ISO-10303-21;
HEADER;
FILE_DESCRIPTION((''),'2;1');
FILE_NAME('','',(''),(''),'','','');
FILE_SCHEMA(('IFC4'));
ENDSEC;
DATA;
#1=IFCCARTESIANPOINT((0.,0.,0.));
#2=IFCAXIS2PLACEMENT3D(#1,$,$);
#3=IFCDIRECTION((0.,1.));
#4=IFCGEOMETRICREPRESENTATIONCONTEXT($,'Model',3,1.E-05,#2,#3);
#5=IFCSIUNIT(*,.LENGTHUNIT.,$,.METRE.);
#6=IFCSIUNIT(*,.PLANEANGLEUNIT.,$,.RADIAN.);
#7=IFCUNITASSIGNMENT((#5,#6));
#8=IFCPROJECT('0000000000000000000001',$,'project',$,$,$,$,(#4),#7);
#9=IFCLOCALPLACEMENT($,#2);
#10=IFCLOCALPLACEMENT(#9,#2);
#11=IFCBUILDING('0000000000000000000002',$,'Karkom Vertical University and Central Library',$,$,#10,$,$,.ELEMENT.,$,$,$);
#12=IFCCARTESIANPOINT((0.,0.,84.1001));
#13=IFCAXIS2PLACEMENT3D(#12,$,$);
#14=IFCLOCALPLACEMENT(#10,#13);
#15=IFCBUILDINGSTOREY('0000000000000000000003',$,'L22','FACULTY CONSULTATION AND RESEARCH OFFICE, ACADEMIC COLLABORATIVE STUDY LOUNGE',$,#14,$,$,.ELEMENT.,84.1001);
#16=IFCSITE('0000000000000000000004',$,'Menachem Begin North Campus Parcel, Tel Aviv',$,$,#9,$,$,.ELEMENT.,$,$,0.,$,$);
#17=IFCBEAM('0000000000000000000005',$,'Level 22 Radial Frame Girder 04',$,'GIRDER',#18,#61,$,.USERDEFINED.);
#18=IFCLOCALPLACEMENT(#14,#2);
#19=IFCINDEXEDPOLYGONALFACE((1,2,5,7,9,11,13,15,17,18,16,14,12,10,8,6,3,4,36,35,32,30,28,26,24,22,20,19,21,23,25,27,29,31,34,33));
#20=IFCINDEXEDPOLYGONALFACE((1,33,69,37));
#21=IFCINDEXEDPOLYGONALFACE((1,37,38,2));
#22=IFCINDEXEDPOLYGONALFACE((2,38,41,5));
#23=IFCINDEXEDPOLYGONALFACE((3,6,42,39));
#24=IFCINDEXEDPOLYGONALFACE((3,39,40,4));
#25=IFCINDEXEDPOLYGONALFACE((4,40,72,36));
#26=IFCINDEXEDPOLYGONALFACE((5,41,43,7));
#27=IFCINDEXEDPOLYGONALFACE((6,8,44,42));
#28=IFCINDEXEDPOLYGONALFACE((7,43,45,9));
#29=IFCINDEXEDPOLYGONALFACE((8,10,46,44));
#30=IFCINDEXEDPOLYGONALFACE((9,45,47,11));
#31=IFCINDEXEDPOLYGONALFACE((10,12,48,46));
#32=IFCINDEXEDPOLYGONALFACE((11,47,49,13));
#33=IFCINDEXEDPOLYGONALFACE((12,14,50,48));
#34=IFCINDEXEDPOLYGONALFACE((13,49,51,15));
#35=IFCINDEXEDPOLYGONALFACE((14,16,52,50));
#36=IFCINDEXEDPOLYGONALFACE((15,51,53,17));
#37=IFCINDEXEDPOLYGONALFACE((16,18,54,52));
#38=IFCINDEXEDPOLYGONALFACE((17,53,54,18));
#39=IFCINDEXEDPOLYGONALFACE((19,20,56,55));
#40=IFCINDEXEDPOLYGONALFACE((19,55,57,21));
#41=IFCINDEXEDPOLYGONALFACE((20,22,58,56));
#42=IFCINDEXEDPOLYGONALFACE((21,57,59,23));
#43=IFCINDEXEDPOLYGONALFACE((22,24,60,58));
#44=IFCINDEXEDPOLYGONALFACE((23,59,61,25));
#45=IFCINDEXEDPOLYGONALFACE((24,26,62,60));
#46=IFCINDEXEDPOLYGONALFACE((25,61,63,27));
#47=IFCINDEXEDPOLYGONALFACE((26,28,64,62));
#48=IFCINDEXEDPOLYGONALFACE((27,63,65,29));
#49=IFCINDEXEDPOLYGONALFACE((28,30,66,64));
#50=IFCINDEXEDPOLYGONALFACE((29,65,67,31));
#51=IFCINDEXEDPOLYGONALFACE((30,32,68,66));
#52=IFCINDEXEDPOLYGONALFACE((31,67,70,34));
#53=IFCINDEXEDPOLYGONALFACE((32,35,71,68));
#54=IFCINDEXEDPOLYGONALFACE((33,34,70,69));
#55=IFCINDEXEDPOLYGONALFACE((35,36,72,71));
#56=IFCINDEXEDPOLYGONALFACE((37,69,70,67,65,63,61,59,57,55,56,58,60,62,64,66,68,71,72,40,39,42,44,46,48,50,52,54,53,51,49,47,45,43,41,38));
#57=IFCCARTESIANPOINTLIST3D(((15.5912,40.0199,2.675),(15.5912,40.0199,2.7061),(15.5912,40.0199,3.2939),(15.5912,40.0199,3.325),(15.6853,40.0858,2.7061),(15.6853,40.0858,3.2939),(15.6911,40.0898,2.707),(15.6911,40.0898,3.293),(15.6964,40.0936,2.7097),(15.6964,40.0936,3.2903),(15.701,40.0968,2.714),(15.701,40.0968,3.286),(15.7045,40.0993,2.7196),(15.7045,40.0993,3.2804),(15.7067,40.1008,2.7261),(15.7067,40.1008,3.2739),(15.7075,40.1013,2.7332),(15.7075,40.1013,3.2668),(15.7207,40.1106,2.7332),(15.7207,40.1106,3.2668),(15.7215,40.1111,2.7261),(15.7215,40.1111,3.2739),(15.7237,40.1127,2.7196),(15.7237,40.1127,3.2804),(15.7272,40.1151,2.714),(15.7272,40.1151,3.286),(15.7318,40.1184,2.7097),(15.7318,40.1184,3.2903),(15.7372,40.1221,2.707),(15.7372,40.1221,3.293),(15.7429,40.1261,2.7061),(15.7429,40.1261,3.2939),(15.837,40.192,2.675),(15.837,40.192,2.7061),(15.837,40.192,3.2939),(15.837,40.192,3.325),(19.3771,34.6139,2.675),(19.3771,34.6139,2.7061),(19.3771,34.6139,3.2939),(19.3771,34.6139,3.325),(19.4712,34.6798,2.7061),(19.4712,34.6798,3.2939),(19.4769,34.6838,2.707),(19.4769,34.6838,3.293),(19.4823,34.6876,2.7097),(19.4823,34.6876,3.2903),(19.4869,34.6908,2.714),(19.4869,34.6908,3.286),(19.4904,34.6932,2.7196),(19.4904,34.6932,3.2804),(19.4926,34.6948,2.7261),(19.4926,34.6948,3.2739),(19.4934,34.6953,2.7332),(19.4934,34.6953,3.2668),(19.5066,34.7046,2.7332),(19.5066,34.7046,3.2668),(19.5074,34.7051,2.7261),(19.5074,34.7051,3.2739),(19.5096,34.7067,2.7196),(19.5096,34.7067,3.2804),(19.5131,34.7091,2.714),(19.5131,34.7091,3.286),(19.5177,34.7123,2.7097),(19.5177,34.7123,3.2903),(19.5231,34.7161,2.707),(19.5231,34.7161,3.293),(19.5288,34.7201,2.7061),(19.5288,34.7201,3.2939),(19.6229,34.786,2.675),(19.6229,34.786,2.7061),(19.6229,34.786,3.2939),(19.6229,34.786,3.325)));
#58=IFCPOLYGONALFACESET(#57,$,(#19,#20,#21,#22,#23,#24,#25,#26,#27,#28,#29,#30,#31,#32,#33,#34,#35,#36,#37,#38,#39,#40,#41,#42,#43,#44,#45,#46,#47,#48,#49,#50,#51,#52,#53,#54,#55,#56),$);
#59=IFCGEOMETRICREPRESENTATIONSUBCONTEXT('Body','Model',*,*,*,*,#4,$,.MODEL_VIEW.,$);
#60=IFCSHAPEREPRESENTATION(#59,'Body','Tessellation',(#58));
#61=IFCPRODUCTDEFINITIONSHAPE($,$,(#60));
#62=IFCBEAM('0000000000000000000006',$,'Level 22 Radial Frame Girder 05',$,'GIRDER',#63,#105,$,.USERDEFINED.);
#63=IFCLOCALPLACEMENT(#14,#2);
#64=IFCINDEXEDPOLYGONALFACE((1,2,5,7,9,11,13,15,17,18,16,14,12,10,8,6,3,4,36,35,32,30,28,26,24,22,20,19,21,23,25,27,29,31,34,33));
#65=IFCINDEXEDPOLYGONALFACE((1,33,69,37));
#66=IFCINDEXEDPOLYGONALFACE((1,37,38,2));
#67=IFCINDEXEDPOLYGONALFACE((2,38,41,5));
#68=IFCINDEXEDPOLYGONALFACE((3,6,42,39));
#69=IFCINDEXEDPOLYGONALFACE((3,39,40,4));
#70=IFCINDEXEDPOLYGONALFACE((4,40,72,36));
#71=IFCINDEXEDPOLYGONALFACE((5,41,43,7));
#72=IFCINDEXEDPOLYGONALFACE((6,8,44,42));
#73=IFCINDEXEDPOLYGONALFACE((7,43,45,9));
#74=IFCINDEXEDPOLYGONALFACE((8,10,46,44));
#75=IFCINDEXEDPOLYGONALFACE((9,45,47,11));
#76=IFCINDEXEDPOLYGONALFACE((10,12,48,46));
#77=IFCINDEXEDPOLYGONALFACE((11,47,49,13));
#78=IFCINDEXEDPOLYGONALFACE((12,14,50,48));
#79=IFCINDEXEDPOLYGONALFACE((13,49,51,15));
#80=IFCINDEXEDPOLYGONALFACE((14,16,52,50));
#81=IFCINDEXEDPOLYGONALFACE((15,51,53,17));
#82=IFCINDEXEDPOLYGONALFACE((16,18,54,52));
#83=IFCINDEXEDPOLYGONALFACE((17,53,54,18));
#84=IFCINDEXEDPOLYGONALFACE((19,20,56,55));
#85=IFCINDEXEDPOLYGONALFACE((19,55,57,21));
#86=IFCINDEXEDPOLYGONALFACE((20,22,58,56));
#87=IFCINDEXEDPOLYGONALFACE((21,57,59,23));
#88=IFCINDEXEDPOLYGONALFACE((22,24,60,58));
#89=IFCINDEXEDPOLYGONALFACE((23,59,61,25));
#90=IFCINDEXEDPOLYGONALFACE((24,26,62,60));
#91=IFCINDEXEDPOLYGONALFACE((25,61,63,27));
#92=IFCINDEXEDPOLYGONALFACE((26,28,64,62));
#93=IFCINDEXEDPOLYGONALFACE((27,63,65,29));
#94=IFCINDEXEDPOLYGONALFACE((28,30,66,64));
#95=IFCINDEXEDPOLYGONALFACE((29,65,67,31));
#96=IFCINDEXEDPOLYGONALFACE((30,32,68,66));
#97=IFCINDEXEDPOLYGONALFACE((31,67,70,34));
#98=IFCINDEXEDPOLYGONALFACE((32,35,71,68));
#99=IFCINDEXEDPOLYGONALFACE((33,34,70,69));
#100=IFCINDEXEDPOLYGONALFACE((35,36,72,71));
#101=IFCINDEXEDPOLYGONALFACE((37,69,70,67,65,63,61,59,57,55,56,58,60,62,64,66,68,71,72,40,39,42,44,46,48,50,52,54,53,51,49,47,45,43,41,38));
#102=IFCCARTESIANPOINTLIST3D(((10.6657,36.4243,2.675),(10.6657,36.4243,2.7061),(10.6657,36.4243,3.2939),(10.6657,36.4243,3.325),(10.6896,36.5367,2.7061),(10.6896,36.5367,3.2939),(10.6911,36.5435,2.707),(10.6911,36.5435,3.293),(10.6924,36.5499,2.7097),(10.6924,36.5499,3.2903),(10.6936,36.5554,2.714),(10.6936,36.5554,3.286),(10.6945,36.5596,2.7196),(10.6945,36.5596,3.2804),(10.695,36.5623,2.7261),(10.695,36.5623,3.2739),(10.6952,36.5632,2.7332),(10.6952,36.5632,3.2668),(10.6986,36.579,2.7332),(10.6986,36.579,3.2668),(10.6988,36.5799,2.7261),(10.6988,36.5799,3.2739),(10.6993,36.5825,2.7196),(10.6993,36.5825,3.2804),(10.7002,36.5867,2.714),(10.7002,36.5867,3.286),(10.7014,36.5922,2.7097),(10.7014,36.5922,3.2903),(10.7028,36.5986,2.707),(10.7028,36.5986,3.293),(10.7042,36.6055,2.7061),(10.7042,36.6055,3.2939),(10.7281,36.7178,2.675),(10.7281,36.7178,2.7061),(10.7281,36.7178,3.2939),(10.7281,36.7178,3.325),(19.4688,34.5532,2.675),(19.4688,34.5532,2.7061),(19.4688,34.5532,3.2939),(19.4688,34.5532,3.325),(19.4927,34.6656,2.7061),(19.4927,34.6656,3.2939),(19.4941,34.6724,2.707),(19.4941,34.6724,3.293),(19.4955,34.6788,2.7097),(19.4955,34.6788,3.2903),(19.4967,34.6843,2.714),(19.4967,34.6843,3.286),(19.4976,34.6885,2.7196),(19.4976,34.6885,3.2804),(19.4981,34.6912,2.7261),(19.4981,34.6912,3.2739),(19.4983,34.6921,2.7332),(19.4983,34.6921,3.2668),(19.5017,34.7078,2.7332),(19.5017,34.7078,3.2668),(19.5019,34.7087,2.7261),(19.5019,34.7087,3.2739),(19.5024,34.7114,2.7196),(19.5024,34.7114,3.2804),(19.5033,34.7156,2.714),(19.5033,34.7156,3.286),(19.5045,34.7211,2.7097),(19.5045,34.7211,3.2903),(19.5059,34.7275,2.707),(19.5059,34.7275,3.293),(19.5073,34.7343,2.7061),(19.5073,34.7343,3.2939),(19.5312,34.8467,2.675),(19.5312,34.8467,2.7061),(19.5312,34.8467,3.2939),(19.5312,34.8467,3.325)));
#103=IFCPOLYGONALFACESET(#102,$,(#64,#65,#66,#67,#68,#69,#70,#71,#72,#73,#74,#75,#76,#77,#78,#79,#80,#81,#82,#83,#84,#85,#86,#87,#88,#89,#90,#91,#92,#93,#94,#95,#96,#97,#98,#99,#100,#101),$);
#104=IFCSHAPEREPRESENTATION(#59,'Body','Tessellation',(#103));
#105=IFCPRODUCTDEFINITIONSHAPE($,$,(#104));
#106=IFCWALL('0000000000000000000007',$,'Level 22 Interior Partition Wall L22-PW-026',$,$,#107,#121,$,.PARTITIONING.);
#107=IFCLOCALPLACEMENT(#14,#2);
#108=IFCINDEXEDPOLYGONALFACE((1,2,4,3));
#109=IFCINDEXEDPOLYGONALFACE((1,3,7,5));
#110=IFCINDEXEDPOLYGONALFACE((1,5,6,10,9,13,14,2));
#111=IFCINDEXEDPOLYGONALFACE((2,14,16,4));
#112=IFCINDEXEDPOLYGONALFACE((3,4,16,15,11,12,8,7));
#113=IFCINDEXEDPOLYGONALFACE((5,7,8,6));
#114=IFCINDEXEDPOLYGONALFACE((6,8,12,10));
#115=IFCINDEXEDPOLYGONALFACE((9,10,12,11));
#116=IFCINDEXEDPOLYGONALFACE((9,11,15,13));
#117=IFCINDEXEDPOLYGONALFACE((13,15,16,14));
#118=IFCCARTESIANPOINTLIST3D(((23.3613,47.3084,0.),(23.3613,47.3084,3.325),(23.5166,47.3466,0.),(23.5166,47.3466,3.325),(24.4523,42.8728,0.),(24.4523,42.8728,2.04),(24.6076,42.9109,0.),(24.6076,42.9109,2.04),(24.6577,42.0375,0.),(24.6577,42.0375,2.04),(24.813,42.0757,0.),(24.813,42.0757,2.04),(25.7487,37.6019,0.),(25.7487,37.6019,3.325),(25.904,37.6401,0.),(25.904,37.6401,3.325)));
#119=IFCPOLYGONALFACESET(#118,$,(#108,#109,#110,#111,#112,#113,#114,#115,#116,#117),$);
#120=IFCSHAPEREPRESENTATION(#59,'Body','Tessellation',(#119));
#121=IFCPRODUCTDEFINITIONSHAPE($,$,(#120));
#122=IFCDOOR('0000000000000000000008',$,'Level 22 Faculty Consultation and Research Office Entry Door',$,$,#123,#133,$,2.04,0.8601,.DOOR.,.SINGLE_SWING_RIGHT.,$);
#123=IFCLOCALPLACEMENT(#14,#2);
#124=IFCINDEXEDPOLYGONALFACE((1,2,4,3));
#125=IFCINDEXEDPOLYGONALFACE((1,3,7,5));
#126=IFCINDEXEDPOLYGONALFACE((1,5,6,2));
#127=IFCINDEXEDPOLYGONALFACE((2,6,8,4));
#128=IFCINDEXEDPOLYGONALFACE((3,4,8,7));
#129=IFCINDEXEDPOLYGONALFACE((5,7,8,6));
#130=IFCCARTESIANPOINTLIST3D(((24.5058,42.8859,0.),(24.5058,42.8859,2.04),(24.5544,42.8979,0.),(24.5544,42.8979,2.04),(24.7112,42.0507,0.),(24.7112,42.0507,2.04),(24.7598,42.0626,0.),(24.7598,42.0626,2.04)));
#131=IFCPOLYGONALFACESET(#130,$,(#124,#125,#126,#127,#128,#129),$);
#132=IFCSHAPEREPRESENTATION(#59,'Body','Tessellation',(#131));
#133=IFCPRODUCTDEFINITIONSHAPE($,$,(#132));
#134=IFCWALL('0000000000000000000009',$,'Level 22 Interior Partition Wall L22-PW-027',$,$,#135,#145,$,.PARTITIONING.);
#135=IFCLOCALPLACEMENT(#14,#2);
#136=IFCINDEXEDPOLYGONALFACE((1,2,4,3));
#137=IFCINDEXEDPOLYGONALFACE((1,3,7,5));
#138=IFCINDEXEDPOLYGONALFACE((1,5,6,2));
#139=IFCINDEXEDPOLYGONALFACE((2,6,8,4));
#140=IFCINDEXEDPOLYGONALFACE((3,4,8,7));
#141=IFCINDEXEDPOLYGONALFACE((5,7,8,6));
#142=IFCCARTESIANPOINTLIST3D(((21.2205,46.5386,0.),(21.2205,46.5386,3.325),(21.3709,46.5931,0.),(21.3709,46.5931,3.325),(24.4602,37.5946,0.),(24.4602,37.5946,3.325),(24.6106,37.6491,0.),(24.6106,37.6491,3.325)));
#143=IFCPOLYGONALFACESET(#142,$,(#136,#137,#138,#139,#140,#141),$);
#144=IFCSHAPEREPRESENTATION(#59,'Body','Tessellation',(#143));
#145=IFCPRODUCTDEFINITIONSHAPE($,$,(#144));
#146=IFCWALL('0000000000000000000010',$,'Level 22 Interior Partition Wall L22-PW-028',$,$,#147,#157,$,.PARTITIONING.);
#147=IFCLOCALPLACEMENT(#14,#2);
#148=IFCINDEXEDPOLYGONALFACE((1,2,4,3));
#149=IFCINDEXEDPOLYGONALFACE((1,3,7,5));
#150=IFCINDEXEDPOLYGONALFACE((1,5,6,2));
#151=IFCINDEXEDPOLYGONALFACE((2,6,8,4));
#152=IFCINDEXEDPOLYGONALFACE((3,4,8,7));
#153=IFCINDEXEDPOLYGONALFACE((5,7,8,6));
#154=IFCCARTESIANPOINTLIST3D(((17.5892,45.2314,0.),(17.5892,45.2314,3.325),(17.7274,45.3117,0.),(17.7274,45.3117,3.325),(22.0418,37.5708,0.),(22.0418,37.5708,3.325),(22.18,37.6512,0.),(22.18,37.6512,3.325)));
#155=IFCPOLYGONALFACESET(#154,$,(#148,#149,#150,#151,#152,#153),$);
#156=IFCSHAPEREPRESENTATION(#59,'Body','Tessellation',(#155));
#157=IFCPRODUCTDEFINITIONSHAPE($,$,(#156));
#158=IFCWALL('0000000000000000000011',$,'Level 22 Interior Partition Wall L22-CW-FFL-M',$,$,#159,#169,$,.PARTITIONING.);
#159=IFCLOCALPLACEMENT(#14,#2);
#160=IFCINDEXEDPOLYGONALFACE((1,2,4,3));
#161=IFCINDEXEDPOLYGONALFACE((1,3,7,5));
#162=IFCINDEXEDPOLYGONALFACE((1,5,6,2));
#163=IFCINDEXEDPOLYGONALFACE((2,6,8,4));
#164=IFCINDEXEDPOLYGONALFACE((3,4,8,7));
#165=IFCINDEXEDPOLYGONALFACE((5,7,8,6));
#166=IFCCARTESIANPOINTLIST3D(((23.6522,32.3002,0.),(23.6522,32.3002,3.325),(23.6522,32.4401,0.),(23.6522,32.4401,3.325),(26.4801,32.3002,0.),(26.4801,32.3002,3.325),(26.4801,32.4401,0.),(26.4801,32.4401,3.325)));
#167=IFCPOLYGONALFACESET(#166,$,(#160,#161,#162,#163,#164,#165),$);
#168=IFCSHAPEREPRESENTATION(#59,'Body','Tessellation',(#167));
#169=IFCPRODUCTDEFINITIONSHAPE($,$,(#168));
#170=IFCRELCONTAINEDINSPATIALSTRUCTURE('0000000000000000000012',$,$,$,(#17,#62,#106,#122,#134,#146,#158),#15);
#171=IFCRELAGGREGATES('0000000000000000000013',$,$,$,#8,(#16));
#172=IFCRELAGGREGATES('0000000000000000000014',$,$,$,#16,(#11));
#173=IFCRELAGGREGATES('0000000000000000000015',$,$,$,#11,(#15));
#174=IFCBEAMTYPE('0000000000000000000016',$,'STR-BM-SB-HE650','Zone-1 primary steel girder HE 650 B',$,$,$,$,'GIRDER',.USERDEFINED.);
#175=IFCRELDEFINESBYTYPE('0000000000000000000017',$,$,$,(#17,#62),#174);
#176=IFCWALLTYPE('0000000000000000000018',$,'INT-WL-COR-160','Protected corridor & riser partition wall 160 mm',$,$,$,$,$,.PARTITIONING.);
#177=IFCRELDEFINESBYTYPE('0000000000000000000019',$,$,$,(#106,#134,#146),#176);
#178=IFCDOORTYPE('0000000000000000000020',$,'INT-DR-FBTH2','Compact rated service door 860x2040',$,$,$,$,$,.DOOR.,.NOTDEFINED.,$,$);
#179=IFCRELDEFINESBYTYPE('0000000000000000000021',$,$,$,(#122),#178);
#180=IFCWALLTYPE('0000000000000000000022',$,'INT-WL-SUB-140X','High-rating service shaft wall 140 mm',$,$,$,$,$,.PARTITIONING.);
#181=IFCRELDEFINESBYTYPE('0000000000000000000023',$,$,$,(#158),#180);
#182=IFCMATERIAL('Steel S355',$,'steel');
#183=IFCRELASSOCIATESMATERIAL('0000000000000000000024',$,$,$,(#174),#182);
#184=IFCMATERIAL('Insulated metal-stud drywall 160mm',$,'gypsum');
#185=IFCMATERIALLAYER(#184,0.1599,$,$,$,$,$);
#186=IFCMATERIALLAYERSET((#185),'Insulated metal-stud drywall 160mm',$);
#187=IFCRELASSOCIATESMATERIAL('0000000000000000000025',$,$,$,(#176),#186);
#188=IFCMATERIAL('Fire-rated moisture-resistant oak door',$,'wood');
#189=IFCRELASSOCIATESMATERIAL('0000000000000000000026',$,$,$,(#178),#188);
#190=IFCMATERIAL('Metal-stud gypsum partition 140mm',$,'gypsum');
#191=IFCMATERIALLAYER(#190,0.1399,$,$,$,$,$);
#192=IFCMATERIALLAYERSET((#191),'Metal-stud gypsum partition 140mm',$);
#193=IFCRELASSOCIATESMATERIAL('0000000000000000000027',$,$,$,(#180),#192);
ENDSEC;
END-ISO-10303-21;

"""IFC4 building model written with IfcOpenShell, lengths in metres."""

from ifc_helpers import new_model, si_unit, direction, frame, frame_2d, origin, origin_with_axes, origin_2d, place, context, subcontext, project, spatial, rectangle, i_section, extrude, source, transform, mapped, material, layer, layer_set, material_profile, profile_set, type_object, element, fill, save


model = new_model("IFC4")

# Units and contexts
model_context = context("Model", 3, precision=1e-05, world=origin(), true_north=direction((0.0, 1.0)))
body_context = subcontext(model_context, "Body", "Model", "MODEL_VIEW")
ifc_project = project(units=[si_unit("LENGTHUNIT", "METRE"), si_unit("PLANEANGLEUNIT", "RADIAN")], contexts=[model_context])

# Site, building, storey
site_placement = place(None, origin())
site = spatial("IfcSite", under=ifc_project, at=site_placement, Name="Menachem Begin North Campus Parcel, Tel Aviv", CompositionType="ELEMENT", RefElevation=0.0)
building_placement = place(site_placement, origin())
building = spatial("IfcBuilding", under=site, at=building_placement, Name="Karkom Vertical University and Central Library", CompositionType="ELEMENT")
storey_placement = place(building_placement, frame((0.0, 0.0, 84.1001)))
storey = spatial("IfcBuildingStorey", under=building, at=storey_placement, Name="L22", Description="FACULTY CONSULTATION AND RESEARCH OFFICE, ACADEMIC COLLABORATIVE STUDY LOUNGE", CompositionType="ELEMENT", Elevation=84.1001)

# Beams
ifc_material_1 = material(Name="Steel S355", Category="steel")
ifc_material_profile_1 = material_profile(ifc_material_1, i_section(OverallWidth=0.3, OverallDepth=0.6499, WebThickness=0.0161, FlangeThickness=0.031, FilletRadius=0.0271, at=origin_2d()), Name="HE 650 B")
ifc_profile_set_1 = profile_set([ifc_material_profile_1], Name="Steel S355")
beam_type = type_object("IfcBeamType", Name="STR-BM-SB-HE650", Description="Zone-1 primary steel girder HE 650 B", ElementType="GIRDER", PredefinedType="USERDEFINED", material=ifc_profile_set_1)
shared_shape_1 = source(origin_with_axes(), body_context, "Body", "SweptSolid", [
    extrude(i_section(OverallWidth=0.3, OverallDepth=0.6499, WebThickness=0.0161, FlangeThickness=0.031, FilletRadius=0.0271, at=origin_2d()), origin(), (0.0, 0.0, 1.0), 6.5999),
])
beam_1_placement = place(storey_placement, frame((19.5, 34.7, 3.0), z_axis=(-0.573634, 0.819112, 0.0), x_axis=(-0.819112, -0.573634, 0.0)))
element("IfcBeam", 1, at=beam_1_placement, inside=storey, type_object=beam_type, Name="Level 22 Radial Frame Girder 04", ObjectType="GIRDER", PredefinedType="USERDEFINED", context=body_context, shape_type="MappedRepresentation", body=[
    mapped(shared_shape_1, transform((0.0, 0.0, 0.0), scale=1.0)),
])
shared_shape_2 = source(origin_with_axes(), body_context, "Body", "SweptSolid", [
    extrude(i_section(OverallWidth=0.3, OverallDepth=0.6499, WebThickness=0.0161, FlangeThickness=0.031, FilletRadius=0.0271, at=origin_2d()), origin(), (0.0, 0.0, 1.0), 8.9998),
])
beam_2_placement = place(storey_placement, frame((19.5, 34.7, 3.0), z_axis=(-0.978148, 0.207908, 0.0), x_axis=(-0.207908, -0.978148, 0.0)))
element("IfcBeam", 2, at=beam_2_placement, inside=storey, type_object=beam_type, Name="Level 22 Radial Frame Girder 05", ObjectType="GIRDER", PredefinedType="USERDEFINED", context=body_context, shape_type="MappedRepresentation", body=[
    mapped(shared_shape_2, transform((0.0, 0.0, 0.0), scale=1.0)),
])

# Wall, opening, door
ifc_material_2 = material(Name="Insulated metal-stud drywall 160mm", Category="gypsum")
ifc_layer_1 = layer(ifc_material_2, 0.1599)
ifc_layer_set_1 = layer_set([ifc_layer_1], Name="Insulated metal-stud drywall 160mm")
wall_type_1 = type_object("IfcWallType", Name="INT-WL-COR-160", Description="Protected corridor & riser partition wall 160 mm", PredefinedType="PARTITIONING", material=ifc_layer_set_1)
wall_1_placement = place(storey_placement, frame((25.8264, 37.6208, 0.0), z_axis=(0.0, 0.0, 1.0), x_axis=(-0.238844, 0.971058, 0.0)))
wall_1 = element("IfcWall", 3, at=wall_1_placement, inside=storey, type_object=wall_type_1, Name="Level 22 Interior Partition Wall L22-PW-026", PredefinedType="PARTITIONING", context=body_context, shape_type="SweptSolid", body=[
    extrude(rectangle(XDim=9.9958, YDim=0.1599, at=frame_2d((4.998, 0.0))), origin(), (0.0, 0.0, 1.0), 3.325),
])
opening_1_placement = place(wall_1_placement, frame((4.5679, 0.0, 0.0)))
opening_1 = element("IfcOpeningElement", 4, at=opening_1_placement, cuts=wall_1, PredefinedType="OPENING", context=body_context, shape_type="SweptSolid", body=[
    extrude(rectangle(XDim=0.8601, YDim=2.04, at=frame_2d((0.4302, 1.02))), frame((0.0, 0.0898, 0.0), z_axis=(0.0, -1.0, 0.0), x_axis=(1.0, 0.0, 0.0)), (0.0, 0.0, 1.0), 0.1799),
])
ifc_material_3 = material(Name="Fire-rated moisture-resistant oak door", Category="wood")
door_type_1 = type_object("IfcDoorType", Name="INT-DR-FBTH2", Description="Compact rated service door 860x2040", OperationType="NOTDEFINED", PredefinedType="DOOR", material=ifc_material_3)
shared_shape_3 = source(origin_with_axes(), body_context, "Body", "SweptSolid", [
    extrude(rectangle(XDim=0.8601, YDim=2.04, at=frame_2d((0.4302, 1.02))), frame((0.0, 0.0249, 0.0), z_axis=(0.0, -1.0, 0.0), x_axis=(1.0, 0.0, 0.0)), (0.0, 0.0, 1.0), 0.05),
])
door_1_placement = place(opening_1_placement, origin())
door_1 = element("IfcDoor", 5, at=door_1_placement, inside=storey, type_object=door_type_1, Name="Level 22 Faculty Consultation and Research Office Entry Door", OperationType="SINGLE_SWING_RIGHT", OverallHeight=2.04, OverallWidth=0.8601, PredefinedType="DOOR", context=body_context, shape_type="MappedRepresentation", body=[
    mapped(shared_shape_3, transform((0.0, 0.0, 0.0), scale=1.0)),
])
fill(opening_1, door_1)

# Walls
wall_2_placement = place(storey_placement, frame((24.5354, 37.6218, 0.0), z_axis=(0.0, 0.0, 1.0), x_axis=(-0.340568, 0.94022, 0.0)))
element("IfcWall", 6, at=wall_2_placement, inside=storey, type_object=wall_type_1, Name="Level 22 Interior Partition Wall L22-PW-027", PredefinedType="PARTITIONING", context=body_context, shape_type="SweptSolid", body=[
    extrude(rectangle(XDim=9.5127, YDim=0.1599, at=frame_2d((4.7563, 0.0))), origin(), (0.0, 0.0, 1.0), 3.325),
])
wall_3_placement = place(storey_placement, frame((22.1108, 37.6111, 0.0), z_axis=(0.0, 0.0, 1.0), x_axis=(-0.502517, 0.864567, 0.0)))
element("IfcWall", 7, at=wall_3_placement, inside=storey, type_object=wall_type_1, Name="Level 22 Interior Partition Wall L22-PW-028", PredefinedType="PARTITIONING", context=body_context, shape_type="SweptSolid", body=[
    extrude(rectangle(XDim=8.8606, YDim=0.1599, at=frame_2d((4.4302, 0.0))), origin(), (0.0, 0.0, 1.0), 3.325),
])
ifc_material_4 = material(Name="Metal-stud gypsum partition 140mm", Category="gypsum")
ifc_layer_2 = layer(ifc_material_4, 0.1399)
ifc_layer_set_2 = layer_set([ifc_layer_2], Name="Metal-stud gypsum partition 140mm")
wall_type_2 = type_object("IfcWallType", Name="INT-WL-SUB-140X", Description="High-rating service shaft wall 140 mm", PredefinedType="PARTITIONING", material=ifc_layer_set_2)
wall_4_placement = place(storey_placement, frame((23.6521, 32.3701, 0.0), z_axis=(0.0, 0.0, 1.0), x_axis=(1.0, 0.0, 0.0)))
element("IfcWall", 8, at=wall_4_placement, inside=storey, type_object=wall_type_2, Name="Level 22 Interior Partition Wall L22-CW-FFL-M", PredefinedType="PARTITIONING", context=body_context, shape_type="SweptSolid", body=[
    extrude(rectangle(XDim=2.8279, YDim=0.1399, at=frame_2d((1.4141, 0.0))), origin(), (0.0, 0.0, 1.0), 3.325),
])

save(model, "model.ifc")
